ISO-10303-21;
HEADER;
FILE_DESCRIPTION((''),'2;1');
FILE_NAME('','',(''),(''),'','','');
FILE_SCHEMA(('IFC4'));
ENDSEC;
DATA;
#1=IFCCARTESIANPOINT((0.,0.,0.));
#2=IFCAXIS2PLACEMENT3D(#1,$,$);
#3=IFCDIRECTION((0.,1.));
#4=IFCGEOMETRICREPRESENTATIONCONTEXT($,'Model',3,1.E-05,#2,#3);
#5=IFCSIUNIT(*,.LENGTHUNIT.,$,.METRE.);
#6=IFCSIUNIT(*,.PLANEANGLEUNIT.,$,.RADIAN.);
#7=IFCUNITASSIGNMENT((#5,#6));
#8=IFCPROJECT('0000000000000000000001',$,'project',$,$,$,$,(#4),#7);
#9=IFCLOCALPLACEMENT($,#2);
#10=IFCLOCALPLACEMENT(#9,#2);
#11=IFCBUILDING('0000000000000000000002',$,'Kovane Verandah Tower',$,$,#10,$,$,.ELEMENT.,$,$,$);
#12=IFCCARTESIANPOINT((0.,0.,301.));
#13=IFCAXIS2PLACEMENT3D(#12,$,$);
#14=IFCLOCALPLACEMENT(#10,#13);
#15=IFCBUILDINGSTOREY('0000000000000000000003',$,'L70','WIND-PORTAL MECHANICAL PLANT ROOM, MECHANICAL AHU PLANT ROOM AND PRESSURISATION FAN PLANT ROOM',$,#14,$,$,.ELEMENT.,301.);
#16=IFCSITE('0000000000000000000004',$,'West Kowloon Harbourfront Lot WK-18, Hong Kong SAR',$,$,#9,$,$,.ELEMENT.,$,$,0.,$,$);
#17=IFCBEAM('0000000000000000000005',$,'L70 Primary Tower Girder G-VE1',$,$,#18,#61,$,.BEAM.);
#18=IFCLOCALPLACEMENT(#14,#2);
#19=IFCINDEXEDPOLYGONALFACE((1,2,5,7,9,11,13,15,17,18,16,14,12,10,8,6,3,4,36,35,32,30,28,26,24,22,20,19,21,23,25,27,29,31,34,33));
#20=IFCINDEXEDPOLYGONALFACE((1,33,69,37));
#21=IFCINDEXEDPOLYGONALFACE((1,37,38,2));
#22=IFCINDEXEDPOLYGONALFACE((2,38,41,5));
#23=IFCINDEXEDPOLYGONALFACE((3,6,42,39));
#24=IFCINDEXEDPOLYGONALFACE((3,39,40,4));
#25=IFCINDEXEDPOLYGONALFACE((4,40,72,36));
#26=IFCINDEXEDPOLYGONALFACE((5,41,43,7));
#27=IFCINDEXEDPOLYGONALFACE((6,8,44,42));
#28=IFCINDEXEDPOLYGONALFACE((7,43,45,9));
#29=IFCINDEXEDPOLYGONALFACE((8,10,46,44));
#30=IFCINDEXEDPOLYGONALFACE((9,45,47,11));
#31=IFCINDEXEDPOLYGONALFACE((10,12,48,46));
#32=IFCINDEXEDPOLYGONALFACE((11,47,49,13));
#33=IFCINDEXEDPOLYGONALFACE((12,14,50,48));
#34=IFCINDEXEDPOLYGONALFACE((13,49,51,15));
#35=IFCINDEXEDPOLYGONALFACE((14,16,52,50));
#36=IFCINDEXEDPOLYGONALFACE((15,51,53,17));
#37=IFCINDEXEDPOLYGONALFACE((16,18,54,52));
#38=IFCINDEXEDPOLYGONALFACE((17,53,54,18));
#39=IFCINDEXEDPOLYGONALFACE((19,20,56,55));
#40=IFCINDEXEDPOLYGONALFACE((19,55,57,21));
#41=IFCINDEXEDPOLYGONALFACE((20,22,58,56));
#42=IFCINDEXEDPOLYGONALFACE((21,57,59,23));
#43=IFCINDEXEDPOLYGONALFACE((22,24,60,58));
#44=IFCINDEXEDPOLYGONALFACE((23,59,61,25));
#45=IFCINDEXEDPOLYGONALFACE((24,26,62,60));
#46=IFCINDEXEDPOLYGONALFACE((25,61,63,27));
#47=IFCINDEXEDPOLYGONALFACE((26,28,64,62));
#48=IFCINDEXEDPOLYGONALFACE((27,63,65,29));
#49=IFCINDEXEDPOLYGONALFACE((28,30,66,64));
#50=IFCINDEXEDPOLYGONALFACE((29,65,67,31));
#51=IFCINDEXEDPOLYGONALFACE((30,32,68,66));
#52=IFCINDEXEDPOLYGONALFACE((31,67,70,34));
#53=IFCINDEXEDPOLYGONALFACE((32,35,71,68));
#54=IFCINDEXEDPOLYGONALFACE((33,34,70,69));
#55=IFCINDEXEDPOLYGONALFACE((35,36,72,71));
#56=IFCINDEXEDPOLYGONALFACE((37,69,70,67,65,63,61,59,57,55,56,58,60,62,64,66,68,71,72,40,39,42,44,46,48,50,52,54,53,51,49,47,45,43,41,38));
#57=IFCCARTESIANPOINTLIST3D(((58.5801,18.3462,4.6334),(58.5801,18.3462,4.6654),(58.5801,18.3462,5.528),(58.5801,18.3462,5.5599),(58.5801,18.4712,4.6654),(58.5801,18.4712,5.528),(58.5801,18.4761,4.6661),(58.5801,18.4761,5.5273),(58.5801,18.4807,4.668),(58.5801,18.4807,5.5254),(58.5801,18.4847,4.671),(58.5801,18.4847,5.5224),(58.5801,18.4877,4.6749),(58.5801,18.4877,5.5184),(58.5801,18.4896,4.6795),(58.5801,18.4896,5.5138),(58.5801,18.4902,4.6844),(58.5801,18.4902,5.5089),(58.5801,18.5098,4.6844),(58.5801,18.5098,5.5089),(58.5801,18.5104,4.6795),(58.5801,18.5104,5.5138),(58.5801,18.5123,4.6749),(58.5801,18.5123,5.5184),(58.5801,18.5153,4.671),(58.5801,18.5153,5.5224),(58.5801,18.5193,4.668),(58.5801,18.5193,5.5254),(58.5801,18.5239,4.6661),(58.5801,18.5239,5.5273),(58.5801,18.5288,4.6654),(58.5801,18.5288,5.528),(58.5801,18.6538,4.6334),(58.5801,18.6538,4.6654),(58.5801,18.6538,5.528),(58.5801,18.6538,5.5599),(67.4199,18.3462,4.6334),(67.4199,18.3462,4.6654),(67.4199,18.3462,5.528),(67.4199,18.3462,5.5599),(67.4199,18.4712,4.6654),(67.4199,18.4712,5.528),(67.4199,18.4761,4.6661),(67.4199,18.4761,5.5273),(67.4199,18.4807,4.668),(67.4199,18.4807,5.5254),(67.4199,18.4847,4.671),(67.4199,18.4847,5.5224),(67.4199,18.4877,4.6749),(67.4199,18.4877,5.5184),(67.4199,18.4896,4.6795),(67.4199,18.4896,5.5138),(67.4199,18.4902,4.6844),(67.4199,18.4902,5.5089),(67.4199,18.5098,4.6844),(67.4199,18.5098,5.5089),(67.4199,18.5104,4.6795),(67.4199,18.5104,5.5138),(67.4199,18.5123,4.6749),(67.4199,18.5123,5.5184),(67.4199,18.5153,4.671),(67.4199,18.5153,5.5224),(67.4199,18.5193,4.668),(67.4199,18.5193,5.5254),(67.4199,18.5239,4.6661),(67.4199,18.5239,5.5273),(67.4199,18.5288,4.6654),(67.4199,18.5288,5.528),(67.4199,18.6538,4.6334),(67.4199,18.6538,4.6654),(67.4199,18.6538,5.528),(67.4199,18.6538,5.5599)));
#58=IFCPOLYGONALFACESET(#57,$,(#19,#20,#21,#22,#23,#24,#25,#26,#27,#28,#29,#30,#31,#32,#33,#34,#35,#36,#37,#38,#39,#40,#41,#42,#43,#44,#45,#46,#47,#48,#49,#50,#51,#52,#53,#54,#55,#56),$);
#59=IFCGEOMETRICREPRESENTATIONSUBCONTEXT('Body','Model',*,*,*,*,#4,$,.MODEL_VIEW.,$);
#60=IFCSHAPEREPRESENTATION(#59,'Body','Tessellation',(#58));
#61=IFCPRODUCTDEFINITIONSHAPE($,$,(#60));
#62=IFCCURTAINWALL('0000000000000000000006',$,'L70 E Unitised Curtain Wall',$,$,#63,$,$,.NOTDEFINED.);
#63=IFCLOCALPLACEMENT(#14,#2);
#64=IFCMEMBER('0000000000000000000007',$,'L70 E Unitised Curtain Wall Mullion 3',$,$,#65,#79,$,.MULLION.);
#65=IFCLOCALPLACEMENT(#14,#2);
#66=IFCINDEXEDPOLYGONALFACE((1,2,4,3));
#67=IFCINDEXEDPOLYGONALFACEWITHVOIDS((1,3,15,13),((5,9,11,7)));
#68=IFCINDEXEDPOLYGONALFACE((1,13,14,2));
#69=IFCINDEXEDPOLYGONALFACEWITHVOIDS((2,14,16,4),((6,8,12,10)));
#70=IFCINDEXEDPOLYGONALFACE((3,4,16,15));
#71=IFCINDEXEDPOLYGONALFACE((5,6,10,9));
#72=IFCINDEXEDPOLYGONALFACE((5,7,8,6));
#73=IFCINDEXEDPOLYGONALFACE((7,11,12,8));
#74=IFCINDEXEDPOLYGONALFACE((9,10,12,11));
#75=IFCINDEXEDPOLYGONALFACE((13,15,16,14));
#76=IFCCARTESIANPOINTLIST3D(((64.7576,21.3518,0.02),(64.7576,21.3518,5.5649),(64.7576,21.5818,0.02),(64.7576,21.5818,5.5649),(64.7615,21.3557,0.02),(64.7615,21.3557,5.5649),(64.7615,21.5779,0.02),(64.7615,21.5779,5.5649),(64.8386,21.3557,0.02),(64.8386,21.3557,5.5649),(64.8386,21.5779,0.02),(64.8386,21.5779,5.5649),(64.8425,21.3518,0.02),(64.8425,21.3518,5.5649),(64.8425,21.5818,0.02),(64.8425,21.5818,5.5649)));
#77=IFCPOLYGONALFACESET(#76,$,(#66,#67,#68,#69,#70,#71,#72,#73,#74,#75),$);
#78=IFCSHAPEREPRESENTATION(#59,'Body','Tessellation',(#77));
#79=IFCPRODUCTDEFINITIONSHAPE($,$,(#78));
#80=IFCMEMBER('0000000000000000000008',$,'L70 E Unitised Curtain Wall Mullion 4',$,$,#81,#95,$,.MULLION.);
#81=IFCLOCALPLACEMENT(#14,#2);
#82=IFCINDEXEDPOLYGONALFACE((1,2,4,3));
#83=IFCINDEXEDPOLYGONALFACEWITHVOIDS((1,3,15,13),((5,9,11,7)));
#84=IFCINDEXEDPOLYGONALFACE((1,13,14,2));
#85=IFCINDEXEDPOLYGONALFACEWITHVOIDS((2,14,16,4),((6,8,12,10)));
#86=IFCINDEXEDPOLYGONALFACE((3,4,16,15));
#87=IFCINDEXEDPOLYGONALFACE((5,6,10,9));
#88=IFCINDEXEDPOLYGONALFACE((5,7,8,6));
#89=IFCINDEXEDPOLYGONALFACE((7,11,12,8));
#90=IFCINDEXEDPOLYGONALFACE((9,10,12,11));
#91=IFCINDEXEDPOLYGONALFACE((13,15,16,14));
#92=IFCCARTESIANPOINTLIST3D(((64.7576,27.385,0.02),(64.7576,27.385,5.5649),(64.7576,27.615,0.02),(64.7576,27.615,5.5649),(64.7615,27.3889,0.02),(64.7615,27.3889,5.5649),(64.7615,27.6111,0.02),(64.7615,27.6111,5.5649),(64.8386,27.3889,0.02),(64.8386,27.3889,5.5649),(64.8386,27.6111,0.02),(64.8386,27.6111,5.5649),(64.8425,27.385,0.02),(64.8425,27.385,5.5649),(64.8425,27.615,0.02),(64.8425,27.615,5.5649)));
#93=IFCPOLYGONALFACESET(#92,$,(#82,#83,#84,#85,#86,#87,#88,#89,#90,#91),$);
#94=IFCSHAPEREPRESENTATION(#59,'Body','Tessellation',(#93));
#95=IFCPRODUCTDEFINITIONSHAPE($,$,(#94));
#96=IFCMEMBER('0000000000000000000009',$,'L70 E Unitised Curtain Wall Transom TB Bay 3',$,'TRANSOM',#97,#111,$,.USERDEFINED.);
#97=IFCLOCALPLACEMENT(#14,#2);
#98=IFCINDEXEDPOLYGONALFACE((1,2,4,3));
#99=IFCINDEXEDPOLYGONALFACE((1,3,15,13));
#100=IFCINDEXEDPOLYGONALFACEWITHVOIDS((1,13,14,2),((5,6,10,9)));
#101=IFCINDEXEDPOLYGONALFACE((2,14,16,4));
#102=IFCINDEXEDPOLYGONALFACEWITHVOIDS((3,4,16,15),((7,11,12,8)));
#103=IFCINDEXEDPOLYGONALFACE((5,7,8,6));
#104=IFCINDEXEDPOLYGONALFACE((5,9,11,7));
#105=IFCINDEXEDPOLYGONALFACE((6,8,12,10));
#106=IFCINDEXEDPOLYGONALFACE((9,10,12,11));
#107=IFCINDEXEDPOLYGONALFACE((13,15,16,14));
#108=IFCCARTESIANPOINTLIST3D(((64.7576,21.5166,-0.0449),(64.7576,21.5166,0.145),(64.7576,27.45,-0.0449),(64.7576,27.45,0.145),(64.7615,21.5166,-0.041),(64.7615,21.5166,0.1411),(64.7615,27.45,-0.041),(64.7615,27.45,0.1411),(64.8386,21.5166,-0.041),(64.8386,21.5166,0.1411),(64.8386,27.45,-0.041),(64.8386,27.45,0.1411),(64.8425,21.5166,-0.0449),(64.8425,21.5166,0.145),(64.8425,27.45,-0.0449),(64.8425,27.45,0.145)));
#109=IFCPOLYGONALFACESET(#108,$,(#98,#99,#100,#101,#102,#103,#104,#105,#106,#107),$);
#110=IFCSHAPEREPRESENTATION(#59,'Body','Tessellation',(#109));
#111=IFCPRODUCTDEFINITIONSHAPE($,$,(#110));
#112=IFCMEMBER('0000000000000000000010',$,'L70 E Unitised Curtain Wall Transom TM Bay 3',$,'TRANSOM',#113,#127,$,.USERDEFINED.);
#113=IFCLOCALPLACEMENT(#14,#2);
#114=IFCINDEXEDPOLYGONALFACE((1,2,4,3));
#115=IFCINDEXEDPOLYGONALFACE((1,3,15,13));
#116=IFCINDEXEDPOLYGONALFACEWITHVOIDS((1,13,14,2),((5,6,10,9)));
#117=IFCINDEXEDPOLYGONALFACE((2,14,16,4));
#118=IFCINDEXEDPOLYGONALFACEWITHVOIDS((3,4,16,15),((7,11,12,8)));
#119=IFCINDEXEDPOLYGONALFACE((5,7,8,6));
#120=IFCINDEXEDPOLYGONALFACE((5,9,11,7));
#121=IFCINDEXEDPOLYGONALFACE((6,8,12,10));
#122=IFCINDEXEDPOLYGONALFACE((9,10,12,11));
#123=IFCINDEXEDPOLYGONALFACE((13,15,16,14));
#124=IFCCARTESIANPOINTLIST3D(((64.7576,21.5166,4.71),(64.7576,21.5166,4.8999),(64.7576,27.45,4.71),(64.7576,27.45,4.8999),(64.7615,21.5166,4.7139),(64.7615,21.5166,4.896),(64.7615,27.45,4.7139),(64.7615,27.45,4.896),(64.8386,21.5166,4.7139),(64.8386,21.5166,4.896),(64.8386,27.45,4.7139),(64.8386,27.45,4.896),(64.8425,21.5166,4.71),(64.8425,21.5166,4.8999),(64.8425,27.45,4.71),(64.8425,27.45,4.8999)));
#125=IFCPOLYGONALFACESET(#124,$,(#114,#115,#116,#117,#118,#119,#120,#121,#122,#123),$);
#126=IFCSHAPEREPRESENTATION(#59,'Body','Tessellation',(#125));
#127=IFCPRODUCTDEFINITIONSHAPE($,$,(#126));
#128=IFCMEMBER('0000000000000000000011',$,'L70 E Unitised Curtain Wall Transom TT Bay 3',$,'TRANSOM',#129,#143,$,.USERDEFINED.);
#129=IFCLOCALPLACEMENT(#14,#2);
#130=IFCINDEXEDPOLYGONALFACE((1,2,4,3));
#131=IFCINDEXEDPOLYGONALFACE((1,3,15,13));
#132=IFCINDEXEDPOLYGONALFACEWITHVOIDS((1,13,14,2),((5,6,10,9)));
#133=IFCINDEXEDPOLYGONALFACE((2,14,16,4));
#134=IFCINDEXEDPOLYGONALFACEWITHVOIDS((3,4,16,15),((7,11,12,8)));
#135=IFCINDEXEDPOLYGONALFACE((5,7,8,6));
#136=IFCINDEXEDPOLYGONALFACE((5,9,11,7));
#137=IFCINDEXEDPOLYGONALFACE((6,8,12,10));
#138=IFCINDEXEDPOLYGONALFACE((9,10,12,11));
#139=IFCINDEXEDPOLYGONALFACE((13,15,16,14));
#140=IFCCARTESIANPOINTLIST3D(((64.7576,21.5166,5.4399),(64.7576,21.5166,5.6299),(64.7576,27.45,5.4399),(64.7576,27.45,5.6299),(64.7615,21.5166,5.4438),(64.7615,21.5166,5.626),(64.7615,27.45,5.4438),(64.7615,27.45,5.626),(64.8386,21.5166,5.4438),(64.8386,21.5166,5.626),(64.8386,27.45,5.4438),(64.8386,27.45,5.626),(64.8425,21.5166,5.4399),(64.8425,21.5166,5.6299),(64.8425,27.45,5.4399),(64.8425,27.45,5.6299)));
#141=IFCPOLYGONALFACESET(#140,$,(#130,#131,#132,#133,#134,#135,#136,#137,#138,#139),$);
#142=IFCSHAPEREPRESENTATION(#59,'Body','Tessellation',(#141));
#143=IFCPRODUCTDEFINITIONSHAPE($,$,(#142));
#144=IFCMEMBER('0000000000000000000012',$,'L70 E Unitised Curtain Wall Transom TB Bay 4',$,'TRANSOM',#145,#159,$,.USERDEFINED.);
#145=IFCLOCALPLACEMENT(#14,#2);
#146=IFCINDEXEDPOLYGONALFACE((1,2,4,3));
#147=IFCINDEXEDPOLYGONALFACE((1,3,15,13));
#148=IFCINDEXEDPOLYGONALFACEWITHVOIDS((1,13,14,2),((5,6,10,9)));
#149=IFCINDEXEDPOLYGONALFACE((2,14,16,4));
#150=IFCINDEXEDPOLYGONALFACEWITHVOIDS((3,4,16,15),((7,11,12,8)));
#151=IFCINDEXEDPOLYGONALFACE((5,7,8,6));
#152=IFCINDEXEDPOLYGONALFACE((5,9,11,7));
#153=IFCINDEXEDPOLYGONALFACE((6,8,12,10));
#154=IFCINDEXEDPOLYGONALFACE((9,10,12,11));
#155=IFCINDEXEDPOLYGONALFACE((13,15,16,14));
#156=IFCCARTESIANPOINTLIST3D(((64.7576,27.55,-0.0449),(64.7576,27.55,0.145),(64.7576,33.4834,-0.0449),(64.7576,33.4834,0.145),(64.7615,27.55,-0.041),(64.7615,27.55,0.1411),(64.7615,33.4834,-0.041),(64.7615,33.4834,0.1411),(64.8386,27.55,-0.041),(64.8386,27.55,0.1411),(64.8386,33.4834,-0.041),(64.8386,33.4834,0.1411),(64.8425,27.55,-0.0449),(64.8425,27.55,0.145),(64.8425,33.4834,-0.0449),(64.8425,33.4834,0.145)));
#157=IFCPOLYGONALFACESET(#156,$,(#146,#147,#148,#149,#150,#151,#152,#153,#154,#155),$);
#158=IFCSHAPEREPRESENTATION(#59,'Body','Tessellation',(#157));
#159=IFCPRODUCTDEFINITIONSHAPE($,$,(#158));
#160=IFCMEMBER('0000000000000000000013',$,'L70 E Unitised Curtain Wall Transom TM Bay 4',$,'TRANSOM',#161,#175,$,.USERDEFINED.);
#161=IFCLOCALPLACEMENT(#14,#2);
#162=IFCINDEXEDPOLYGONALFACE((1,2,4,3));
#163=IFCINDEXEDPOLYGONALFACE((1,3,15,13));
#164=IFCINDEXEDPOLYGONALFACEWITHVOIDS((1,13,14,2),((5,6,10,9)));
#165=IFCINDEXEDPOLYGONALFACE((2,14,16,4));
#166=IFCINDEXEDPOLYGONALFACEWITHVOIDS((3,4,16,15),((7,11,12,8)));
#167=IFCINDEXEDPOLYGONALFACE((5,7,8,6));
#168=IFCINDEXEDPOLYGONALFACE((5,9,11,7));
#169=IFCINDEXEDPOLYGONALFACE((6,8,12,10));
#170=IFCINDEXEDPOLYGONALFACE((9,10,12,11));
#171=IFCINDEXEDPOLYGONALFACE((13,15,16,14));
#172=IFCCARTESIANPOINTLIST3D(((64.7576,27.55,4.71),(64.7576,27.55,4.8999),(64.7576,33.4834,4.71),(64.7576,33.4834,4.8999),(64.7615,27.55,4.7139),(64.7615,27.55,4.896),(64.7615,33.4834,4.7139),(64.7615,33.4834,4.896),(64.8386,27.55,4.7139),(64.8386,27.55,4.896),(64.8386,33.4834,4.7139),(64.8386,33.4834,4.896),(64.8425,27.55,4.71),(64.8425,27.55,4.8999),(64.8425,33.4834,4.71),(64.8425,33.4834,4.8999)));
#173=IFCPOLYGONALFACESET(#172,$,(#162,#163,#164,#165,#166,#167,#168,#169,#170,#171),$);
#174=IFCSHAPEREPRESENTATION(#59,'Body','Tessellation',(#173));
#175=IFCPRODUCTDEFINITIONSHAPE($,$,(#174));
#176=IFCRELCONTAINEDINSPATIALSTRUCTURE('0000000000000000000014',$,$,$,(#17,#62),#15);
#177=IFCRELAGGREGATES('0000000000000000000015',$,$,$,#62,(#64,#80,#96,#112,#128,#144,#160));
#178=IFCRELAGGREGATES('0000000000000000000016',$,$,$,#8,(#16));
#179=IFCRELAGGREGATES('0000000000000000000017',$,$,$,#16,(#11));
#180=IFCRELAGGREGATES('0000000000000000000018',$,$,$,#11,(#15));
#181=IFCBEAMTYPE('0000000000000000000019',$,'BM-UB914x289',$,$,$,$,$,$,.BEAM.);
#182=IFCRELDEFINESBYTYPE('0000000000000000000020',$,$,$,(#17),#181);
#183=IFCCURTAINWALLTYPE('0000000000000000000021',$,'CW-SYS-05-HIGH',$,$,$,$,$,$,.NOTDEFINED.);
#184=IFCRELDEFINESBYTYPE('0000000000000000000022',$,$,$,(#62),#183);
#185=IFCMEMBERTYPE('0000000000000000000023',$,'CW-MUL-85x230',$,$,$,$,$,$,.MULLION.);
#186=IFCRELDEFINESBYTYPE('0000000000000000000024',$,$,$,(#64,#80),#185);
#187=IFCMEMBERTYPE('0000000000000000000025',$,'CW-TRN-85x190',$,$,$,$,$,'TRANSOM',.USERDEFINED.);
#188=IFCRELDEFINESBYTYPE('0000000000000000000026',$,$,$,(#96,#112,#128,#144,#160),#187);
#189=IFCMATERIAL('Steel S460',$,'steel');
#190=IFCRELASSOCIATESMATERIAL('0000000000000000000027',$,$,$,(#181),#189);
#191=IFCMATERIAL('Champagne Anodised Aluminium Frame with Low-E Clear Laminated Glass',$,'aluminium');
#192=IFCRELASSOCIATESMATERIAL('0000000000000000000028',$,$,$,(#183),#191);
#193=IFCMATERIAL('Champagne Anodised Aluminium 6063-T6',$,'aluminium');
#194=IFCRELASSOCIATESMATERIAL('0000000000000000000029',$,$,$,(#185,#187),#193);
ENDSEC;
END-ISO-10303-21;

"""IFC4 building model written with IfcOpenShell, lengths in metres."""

from ifc_helpers import new_model, si_unit, direction, frame, origin, origin_2d, place, context, subcontext, project, spatial, hollow_rectangle, i_section, extrude, material, material_profile, profile_set, type_object, element, aggregate, save


model = new_model("IFC4")

# Units and contexts
model_context = context("Model", 3, precision=1e-05, world=origin(), true_north=direction((0.0, 1.0)))
body_context = subcontext(model_context, "Body", "Model", "MODEL_VIEW")
ifc_project = project(units=[si_unit("LENGTHUNIT", "METRE"), si_unit("PLANEANGLEUNIT", "RADIAN")], contexts=[model_context])

# Site, building, storey
site_placement = place(None, origin())
site = spatial("IfcSite", under=ifc_project, at=site_placement, Name="West Kowloon Harbourfront Lot WK-18, Hong Kong SAR", CompositionType="ELEMENT", RefElevation=0.0)
building_placement = place(site_placement, origin())
building = spatial("IfcBuilding", under=site, at=building_placement, Name="Kovane Verandah Tower", CompositionType="ELEMENT")
storey_placement = place(building_placement, frame((0.0, 0.0, 301.0)))
storey = spatial("IfcBuildingStorey", under=building, at=storey_placement, Name="L70", Description="WIND-PORTAL MECHANICAL PLANT ROOM, MECHANICAL AHU PLANT ROOM AND PRESSURISATION FAN PLANT ROOM", CompositionType="ELEMENT", Elevation=301.0)

# Shared definitions
ifc_material_1 = material(Name="Steel S460", Category="steel")

# Beam
ifc_material_profile_1 = material_profile(ifc_material_1, i_section(OverallWidth=0.3076, OverallDepth=0.9265, WebThickness=0.0195, FlangeThickness=0.032, FilletRadius=0.019, at=origin_2d()), Name="UB914x305x289")
ifc_profile_set_1 = profile_set([ifc_material_profile_1], Name="Steel S460")
beam_type_1 = type_object("IfcBeamType", Name="BM-UB914x289", PredefinedType="BEAM", material=ifc_profile_set_1)
beam_1_placement = place(storey_placement, frame((58.5801, 18.5, 5.0967), z_axis=(1.0, 0.0, 0.0), x_axis=(0.0, 1.0, 0.0)))
element("IfcBeam", 1, at=beam_1_placement, inside=storey, type_object=beam_type_1, Name="L70 Primary Tower Girder G-VE1", PredefinedType="BEAM", context=body_context, shape_type="SweptSolid", body=[
    extrude(i_section(OverallWidth=0.3076, OverallDepth=0.9265, WebThickness=0.0195, FlangeThickness=0.032, FilletRadius=0.019, at=origin_2d()), origin(), (0.0, 0.0, 1.0), 8.8398),
])

# Curtain wall, members
ifc_material_2 = material(Name="Champagne Anodised Aluminium Frame with Low-E Clear Laminated Glass", Category="aluminium")
curtain_wall_type = type_object("IfcCurtainWallType", Name="CW-SYS-05-HIGH", PredefinedType="NOTDEFINED", material=ifc_material_2)
curtain_wall_placement = place(storey_placement, origin())
curtain_wall = element("IfcCurtainWall", 2, at=curtain_wall_placement, inside=storey, type_object=curtain_wall_type, Name="L70 E Unitised Curtain Wall", PredefinedType="NOTDEFINED")
ifc_material_3 = material(Name="Champagne Anodised Aluminium 6063-T6", Category="aluminium")
ifc_material_profile_2 = material_profile(ifc_material_3, hollow_rectangle(XDim=0.085, YDim=0.23, WallThickness=0.0039, at=origin_2d()), Name="AL85x230x4")
ifc_profile_set_2 = profile_set([ifc_material_profile_2], Name="Champagne Anodised Aluminium 6063-T6")
member_type_1 = type_object("IfcMemberType", Name="CW-MUL-85x230", PredefinedType="MULLION", material=ifc_profile_set_2)
member_1_placement = place(storey_placement, frame((64.8, 21.4668, 0.02), z_axis=(0.0, 0.0, 1.0), x_axis=(1.0, 0.0, 0.0)))
member_1 = element("IfcMember", 3, at=member_1_placement, type_object=member_type_1, Name="L70 E Unitised Curtain Wall Mullion 3", PredefinedType="MULLION", context=body_context, shape_type="SweptSolid", body=[
    extrude(hollow_rectangle(XDim=0.085, YDim=0.23, WallThickness=0.0039, at=origin_2d()), origin(), (0.0, 0.0, 1.0), 5.5449),
])
member_2_placement = place(storey_placement, frame((64.8, 27.5, 0.02), z_axis=(0.0, 0.0, 1.0), x_axis=(1.0, 0.0, 0.0)))
member_2 = element("IfcMember", 4, at=member_2_placement, type_object=member_type_1, Name="L70 E Unitised Curtain Wall Mullion 4", PredefinedType="MULLION", context=body_context, shape_type="SweptSolid", body=[
    extrude(hollow_rectangle(XDim=0.085, YDim=0.23, WallThickness=0.0039, at=origin_2d()), origin(), (0.0, 0.0, 1.0), 5.5449),
])
ifc_material_profile_3 = material_profile(ifc_material_3, hollow_rectangle(XDim=0.085, YDim=0.1899, WallThickness=0.0039, at=origin_2d()), Name="AL85x190x4")
ifc_profile_set_3 = profile_set([ifc_material_profile_3], Name="Champagne Anodised Aluminium 6063-T6")
member_type_2 = type_object("IfcMemberType", Name="CW-TRN-85x190", ElementType="TRANSOM", PredefinedType="USERDEFINED", material=ifc_profile_set_3)
member_3_placement = place(storey_placement, frame((64.8, 21.5166, 0.05), z_axis=(0.0, 1.0, 0.0), x_axis=(-1.0, 0.0, 0.0)))
member_3 = element("IfcMember", 5, at=member_3_placement, type_object=member_type_2, Name="L70 E Unitised Curtain Wall Transom TB Bay 3", ObjectType="TRANSOM", PredefinedType="USERDEFINED", context=body_context, shape_type="SweptSolid", body=[
    extrude(hollow_rectangle(XDim=0.085, YDim=0.1899, WallThickness=0.0039, at=origin_2d()), origin(), (0.0, 0.0, 1.0), 5.9333),
])
member_4_placement = place(storey_placement, frame((64.8, 21.5166, 4.8049), z_axis=(0.0, 1.0, 0.0), x_axis=(-1.0, 0.0, 0.0)))
member_4 = element("IfcMember", 6, at=member_4_placement, type_object=member_type_2, Name="L70 E Unitised Curtain Wall Transom TM Bay 3", ObjectType="TRANSOM", PredefinedType="USERDEFINED", context=body_context, shape_type="SweptSolid", body=[
    extrude(hollow_rectangle(XDim=0.085, YDim=0.1899, WallThickness=0.0039, at=origin_2d()), origin(), (0.0, 0.0, 1.0), 5.9333),
])
member_5_placement = place(storey_placement, frame((64.8, 21.5166, 5.5349), z_axis=(0.0, 1.0, 0.0), x_axis=(-1.0, 0.0, 0.0)))
member_5 = element("IfcMember", 7, at=member_5_placement, type_object=member_type_2, Name="L70 E Unitised Curtain Wall Transom TT Bay 3", ObjectType="TRANSOM", PredefinedType="USERDEFINED", context=body_context, shape_type="SweptSolid", body=[
    extrude(hollow_rectangle(XDim=0.085, YDim=0.1899, WallThickness=0.0039, at=origin_2d()), origin(), (0.0, 0.0, 1.0), 5.9333),
])
member_6_placement = place(storey_placement, frame((64.8, 27.55, 0.05), z_axis=(0.0, 1.0, 0.0), x_axis=(-1.0, 0.0, 0.0)))
member_6 = element("IfcMember", 8, at=member_6_placement, type_object=member_type_2, Name="L70 E Unitised Curtain Wall Transom TB Bay 4", ObjectType="TRANSOM", PredefinedType="USERDEFINED", context=body_context, shape_type="SweptSolid", body=[
    extrude(hollow_rectangle(XDim=0.085, YDim=0.1899, WallThickness=0.0039, at=origin_2d()), origin(), (0.0, 0.0, 1.0), 5.9333),
])
member_7_placement = place(storey_placement, frame((64.8, 27.55, 4.8049), z_axis=(0.0, 1.0, 0.0), x_axis=(-1.0, 0.0, 0.0)))
member_7 = element("IfcMember", 9, at=member_7_placement, type_object=member_type_2, Name="L70 E Unitised Curtain Wall Transom TM Bay 4", ObjectType="TRANSOM", PredefinedType="USERDEFINED", context=body_context, shape_type="SweptSolid", body=[
    extrude(hollow_rectangle(XDim=0.085, YDim=0.1899, WallThickness=0.0039, at=origin_2d()), origin(), (0.0, 0.0, 1.0), 5.9333),
])

aggregate(curtain_wall, [member_1, member_2, member_3, member_4, member_5, member_6, member_7])

save(model, "model.ifc")
